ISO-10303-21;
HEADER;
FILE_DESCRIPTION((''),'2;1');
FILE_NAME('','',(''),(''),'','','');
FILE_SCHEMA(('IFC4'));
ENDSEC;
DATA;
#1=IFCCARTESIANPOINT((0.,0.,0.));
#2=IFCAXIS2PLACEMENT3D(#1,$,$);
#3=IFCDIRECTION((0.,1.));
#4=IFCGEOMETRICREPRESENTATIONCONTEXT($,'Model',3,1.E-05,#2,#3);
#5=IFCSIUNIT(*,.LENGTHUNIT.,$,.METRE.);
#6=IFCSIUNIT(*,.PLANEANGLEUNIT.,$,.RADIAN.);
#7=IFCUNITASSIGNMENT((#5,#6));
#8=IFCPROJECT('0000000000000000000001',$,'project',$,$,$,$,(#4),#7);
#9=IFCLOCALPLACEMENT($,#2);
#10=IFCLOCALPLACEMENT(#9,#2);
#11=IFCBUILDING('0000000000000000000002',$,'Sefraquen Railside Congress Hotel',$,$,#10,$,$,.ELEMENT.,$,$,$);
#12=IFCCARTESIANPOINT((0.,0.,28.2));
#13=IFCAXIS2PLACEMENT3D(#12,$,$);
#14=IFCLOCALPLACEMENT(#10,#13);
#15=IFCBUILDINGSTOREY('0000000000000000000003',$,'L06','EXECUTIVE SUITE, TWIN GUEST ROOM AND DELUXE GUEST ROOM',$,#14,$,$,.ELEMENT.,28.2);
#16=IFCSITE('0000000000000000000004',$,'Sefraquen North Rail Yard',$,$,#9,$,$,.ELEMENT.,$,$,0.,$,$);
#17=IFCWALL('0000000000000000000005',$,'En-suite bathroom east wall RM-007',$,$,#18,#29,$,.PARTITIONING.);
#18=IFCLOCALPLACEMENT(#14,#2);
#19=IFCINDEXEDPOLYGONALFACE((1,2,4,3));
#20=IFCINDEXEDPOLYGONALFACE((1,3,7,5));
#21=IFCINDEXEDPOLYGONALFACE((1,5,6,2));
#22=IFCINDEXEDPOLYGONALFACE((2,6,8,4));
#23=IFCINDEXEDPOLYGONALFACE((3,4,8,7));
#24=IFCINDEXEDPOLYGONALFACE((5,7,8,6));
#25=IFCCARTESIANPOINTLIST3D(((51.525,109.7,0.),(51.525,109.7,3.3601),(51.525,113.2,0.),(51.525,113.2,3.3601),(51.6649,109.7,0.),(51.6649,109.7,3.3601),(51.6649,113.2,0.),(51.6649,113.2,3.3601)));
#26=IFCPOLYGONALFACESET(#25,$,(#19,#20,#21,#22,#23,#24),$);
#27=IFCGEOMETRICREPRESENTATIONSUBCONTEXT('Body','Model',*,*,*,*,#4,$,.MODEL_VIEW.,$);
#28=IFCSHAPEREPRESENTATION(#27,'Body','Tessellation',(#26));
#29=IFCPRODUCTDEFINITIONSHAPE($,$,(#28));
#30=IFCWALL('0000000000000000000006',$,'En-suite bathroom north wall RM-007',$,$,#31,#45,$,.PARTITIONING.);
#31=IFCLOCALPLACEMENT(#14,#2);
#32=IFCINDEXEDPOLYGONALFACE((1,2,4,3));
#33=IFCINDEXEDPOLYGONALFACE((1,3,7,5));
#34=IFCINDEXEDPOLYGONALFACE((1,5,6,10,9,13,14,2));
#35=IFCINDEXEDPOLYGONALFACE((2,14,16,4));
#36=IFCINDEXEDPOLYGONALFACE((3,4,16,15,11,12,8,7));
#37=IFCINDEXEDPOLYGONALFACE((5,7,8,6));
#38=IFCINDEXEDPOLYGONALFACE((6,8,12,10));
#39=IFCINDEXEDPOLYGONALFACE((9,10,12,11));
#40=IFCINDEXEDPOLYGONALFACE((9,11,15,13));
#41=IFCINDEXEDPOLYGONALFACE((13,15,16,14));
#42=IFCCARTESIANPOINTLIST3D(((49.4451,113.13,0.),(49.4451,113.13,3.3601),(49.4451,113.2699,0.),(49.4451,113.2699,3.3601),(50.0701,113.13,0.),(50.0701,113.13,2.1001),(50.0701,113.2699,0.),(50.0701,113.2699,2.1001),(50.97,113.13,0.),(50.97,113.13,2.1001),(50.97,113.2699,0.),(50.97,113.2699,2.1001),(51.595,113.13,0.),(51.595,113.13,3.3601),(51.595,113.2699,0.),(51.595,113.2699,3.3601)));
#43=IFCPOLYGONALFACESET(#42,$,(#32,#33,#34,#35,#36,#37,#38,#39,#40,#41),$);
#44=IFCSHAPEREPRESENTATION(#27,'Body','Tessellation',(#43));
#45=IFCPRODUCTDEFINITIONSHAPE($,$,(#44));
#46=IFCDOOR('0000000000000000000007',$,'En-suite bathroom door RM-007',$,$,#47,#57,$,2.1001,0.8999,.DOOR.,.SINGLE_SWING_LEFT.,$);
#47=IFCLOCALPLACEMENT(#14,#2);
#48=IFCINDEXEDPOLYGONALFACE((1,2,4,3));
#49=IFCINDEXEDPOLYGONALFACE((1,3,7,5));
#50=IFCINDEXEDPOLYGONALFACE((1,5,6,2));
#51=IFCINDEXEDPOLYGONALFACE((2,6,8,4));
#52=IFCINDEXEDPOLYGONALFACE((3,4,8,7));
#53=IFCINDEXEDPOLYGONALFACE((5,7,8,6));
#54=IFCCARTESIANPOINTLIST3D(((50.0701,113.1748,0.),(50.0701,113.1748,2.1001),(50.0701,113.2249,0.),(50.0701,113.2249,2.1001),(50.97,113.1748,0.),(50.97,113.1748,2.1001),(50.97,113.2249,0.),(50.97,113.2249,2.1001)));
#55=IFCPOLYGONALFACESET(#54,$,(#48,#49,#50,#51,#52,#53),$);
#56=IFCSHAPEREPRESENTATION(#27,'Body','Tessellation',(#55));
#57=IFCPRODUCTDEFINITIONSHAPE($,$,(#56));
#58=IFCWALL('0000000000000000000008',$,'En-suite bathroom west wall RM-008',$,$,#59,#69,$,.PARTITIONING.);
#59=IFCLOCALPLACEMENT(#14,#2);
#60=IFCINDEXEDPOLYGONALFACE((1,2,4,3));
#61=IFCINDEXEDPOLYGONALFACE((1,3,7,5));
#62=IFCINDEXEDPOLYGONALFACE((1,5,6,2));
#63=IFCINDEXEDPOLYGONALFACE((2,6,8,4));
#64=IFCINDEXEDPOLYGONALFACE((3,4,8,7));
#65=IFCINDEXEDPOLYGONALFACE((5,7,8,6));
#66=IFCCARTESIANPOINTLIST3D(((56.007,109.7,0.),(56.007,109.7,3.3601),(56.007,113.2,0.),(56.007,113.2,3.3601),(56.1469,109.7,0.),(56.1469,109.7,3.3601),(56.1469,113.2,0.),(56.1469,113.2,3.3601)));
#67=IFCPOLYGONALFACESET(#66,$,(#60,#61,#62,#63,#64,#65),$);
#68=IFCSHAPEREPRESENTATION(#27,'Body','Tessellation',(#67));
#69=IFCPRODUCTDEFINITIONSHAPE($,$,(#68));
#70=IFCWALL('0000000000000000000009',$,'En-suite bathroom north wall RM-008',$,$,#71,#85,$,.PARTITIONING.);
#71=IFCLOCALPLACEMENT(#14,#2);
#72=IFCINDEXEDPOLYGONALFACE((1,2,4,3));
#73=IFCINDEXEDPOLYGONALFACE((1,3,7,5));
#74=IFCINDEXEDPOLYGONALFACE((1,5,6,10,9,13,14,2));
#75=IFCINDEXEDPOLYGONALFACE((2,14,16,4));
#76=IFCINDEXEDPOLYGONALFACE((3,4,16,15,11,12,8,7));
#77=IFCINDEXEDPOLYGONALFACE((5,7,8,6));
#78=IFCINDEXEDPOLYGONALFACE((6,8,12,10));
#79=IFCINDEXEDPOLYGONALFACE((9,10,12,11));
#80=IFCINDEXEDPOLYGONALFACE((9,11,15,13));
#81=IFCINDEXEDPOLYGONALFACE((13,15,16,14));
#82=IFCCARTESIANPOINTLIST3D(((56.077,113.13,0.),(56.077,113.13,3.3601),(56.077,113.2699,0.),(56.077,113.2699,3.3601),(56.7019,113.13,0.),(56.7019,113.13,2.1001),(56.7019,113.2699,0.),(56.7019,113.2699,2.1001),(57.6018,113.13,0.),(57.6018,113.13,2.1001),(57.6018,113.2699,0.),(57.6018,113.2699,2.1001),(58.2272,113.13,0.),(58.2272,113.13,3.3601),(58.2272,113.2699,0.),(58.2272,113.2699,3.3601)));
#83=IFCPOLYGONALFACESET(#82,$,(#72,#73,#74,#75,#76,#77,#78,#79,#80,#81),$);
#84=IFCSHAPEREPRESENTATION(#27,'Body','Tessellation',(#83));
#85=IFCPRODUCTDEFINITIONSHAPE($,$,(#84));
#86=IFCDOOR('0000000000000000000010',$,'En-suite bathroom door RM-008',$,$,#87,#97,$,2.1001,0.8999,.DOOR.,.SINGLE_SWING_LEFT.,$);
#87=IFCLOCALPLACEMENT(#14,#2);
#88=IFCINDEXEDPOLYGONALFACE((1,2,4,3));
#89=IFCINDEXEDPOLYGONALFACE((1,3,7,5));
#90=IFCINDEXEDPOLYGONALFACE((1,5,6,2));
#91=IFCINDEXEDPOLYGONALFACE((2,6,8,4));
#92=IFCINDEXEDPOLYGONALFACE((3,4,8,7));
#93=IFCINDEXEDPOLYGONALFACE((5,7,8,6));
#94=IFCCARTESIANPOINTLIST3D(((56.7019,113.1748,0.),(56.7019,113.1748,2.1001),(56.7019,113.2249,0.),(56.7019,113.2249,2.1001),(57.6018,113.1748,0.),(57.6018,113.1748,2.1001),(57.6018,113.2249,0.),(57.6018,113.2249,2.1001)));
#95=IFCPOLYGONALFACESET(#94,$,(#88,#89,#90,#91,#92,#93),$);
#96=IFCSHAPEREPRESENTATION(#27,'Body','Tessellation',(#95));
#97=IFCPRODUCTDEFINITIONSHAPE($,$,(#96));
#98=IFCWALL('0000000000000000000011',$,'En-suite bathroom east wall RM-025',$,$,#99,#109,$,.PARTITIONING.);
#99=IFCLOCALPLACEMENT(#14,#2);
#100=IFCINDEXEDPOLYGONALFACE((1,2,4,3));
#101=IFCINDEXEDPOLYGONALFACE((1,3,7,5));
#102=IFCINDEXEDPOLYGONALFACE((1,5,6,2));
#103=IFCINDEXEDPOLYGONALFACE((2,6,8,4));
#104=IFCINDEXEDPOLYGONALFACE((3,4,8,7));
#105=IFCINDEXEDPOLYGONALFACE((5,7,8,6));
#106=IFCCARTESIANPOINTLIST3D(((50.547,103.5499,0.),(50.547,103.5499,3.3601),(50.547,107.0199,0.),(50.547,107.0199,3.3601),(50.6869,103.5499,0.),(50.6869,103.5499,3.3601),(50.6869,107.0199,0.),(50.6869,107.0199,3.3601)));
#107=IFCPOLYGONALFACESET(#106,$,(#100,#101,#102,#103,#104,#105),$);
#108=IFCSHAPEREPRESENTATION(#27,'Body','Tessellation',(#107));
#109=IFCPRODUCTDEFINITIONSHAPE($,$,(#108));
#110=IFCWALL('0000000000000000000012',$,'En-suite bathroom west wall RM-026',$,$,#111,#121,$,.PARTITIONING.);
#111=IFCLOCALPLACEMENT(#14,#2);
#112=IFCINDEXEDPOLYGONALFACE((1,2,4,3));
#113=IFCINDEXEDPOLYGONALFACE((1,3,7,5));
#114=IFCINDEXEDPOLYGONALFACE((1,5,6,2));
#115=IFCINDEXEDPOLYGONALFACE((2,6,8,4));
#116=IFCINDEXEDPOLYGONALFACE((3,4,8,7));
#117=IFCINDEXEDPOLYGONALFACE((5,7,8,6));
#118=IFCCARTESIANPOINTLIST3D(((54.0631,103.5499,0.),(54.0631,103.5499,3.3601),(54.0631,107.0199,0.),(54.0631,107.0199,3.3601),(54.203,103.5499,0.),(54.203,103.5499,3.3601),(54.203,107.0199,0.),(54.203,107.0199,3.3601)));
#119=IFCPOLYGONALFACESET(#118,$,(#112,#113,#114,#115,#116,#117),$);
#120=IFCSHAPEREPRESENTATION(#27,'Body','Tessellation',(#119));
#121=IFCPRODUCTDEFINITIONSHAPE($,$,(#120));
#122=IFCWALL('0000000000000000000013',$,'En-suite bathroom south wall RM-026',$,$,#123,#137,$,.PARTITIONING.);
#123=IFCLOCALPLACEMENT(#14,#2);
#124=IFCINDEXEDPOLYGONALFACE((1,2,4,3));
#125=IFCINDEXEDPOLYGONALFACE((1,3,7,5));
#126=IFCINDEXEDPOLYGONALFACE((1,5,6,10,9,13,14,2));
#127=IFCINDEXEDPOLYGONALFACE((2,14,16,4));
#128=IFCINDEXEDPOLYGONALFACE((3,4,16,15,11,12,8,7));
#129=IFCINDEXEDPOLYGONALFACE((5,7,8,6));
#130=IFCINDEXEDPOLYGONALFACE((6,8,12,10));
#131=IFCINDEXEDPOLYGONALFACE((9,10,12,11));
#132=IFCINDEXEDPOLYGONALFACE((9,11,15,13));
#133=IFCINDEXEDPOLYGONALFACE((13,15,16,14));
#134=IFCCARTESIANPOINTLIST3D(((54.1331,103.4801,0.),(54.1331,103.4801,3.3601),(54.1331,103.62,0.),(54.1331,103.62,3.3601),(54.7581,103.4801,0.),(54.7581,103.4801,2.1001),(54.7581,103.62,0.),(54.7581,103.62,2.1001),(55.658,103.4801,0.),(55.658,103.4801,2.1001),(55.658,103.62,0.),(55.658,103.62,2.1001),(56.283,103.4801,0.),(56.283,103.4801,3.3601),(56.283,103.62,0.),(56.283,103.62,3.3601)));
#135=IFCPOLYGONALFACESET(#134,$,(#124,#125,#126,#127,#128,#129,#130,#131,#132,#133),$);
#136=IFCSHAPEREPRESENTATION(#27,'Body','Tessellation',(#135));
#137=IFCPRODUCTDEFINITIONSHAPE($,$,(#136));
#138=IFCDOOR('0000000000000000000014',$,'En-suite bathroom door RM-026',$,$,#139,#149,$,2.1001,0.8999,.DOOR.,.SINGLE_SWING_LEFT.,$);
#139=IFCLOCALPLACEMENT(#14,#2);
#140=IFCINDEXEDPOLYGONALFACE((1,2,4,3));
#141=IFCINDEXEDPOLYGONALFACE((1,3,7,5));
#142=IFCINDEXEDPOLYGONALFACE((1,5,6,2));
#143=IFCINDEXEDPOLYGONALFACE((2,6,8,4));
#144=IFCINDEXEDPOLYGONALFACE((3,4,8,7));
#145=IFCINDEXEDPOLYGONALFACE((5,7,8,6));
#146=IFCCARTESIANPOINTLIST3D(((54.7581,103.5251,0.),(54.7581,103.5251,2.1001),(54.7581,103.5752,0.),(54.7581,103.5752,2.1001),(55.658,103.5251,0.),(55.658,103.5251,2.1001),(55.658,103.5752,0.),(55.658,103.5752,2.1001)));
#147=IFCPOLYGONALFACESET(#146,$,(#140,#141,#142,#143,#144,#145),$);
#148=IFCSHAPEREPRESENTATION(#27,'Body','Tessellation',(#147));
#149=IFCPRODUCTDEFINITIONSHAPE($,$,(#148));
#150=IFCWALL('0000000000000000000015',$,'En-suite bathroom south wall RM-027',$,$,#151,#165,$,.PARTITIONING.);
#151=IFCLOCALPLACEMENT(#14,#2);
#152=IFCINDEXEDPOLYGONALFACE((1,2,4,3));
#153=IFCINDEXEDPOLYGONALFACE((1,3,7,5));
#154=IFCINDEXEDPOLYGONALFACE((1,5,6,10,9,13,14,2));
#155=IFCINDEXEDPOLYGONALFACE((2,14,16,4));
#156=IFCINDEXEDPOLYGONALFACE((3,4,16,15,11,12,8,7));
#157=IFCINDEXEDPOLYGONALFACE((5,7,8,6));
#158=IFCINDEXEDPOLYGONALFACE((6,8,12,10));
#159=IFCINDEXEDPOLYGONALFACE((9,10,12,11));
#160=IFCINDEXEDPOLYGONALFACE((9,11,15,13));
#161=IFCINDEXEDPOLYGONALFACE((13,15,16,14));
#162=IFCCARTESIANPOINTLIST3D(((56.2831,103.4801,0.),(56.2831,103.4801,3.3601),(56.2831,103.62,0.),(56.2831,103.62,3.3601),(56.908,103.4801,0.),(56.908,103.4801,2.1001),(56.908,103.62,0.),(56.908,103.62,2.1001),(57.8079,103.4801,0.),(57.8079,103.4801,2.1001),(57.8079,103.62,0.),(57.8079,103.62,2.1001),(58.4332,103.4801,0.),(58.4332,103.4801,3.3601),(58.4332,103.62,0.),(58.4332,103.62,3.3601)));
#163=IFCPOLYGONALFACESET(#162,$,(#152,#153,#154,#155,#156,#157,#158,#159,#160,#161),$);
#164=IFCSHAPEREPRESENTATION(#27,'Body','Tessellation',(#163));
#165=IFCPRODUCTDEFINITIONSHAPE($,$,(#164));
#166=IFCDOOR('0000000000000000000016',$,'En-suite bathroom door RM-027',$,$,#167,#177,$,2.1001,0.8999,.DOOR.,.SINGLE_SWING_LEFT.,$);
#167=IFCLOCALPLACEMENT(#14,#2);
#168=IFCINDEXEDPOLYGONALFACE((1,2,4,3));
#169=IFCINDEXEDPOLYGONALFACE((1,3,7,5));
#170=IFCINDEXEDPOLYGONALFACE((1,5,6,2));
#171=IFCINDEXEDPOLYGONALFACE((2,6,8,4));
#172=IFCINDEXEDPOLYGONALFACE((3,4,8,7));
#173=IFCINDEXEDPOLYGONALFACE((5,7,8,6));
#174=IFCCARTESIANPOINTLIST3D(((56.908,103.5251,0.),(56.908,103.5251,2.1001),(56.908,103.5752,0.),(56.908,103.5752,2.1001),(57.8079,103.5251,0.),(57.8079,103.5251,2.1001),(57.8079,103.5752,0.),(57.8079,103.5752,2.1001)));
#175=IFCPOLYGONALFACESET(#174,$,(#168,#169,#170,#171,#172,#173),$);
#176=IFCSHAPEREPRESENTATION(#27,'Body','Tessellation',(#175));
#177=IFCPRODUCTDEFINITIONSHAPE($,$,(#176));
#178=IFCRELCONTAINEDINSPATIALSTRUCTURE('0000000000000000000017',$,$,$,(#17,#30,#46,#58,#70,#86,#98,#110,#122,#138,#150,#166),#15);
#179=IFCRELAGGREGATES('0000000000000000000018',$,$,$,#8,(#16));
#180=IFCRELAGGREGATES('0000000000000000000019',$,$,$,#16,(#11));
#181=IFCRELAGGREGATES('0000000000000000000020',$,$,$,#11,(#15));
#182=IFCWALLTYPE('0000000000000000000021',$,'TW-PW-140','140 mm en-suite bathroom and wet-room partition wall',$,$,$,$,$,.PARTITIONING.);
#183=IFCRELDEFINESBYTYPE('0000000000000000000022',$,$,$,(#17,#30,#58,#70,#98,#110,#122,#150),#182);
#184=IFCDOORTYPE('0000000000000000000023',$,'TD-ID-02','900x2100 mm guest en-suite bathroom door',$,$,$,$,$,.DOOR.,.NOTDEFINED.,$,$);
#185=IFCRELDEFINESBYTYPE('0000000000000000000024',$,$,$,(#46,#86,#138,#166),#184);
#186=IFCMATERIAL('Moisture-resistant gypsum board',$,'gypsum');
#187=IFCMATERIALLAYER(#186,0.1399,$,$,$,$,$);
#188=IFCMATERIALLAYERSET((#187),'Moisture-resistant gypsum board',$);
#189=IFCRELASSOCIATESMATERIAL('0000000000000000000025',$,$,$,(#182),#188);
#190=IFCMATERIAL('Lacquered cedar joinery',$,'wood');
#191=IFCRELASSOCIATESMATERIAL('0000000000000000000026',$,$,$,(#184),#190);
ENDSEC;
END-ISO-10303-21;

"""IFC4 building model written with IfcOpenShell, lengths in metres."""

from ifc_helpers import new_model, si_unit, direction, frame, frame_2d, origin, place, context, subcontext, project, spatial, rectangle, extrude, material, layer, layer_set, type_object, element, fill, save


model = new_model("IFC4")

# Units and contexts
model_context = context("Model", 3, precision=1e-05, world=origin(), true_north=direction((0.0, 1.0)))
body_context = subcontext(model_context, "Body", "Model", "MODEL_VIEW")
ifc_project = project(units=[si_unit("LENGTHUNIT", "METRE"), si_unit("PLANEANGLEUNIT", "RADIAN")], contexts=[model_context])

# Site, building, storey
site_placement = place(None, origin())
site = spatial("IfcSite", under=ifc_project, at=site_placement, Name="Sefraquen North Rail Yard", CompositionType="ELEMENT", RefElevation=0.0)
building_placement = place(site_placement, origin())
building = spatial("IfcBuilding", under=site, at=building_placement, Name="Sefraquen Railside Congress Hotel", CompositionType="ELEMENT")
storey_placement = place(building_placement, frame((0.0, 0.0, 28.2)))
storey = spatial("IfcBuildingStorey", under=building, at=storey_placement, Name="L06", Description="EXECUTIVE SUITE, TWIN GUEST ROOM AND DELUXE GUEST ROOM", CompositionType="ELEMENT", Elevation=28.2)

# Wall
ifc_material_1 = material(Name="Moisture-resistant gypsum board", Category="gypsum")
ifc_layer_1 = layer(ifc_material_1, 0.1399)
ifc_layer_set_1 = layer_set([ifc_layer_1], Name="Moisture-resistant gypsum board")
wall_type_1 = type_object("IfcWallType", Name="TW-PW-140", Description="140 mm en-suite bathroom and wet-room partition wall", PredefinedType="PARTITIONING", material=ifc_layer_set_1)
wall_1_placement = place(storey_placement, frame((51.595, 109.7, 0.0), z_axis=(0.0, 0.0, 1.0), x_axis=(0.0, 1.0, 0.0)))
element("IfcWall", 1, at=wall_1_placement, inside=storey, type_object=wall_type_1, Name="En-suite bathroom east wall RM-007", PredefinedType="PARTITIONING", context=body_context, shape_type="SweptSolid", body=[
    extrude(rectangle(XDim=3.5, YDim=0.1399, at=frame_2d((1.75, 0.0))), origin(), (0.0, 0.0, 1.0), 3.3601),
])

# Wall, opening, door
wall_2_placement = place(storey_placement, frame((49.4451, 113.2, 0.0), z_axis=(0.0, 0.0, 1.0), x_axis=(1.0, 0.0, 0.0)))
wall_2 = element("IfcWall", 2, at=wall_2_placement, inside=storey, type_object=wall_type_1, Name="En-suite bathroom north wall RM-007", PredefinedType="PARTITIONING", context=body_context, shape_type="SweptSolid", body=[
    extrude(rectangle(XDim=2.1499, YDim=0.1399, at=frame_2d((1.075, 0.0))), origin(), (0.0, 0.0, 1.0), 3.3601),
])
opening_1_placement = place(wall_2_placement, frame((0.625, 0.0, 0.0)))
opening_1 = element("IfcOpeningElement", 3, at=opening_1_placement, cuts=wall_2, PredefinedType="OPENING", context=body_context, shape_type="SweptSolid", body=[
    extrude(rectangle(XDim=0.8999, YDim=2.1001, at=frame_2d((0.45, 1.05))), frame((0.0, 0.0798, 0.0), z_axis=(0.0, -1.0, 0.0), x_axis=(1.0, 0.0, 0.0)), (0.0, 0.0, 1.0), 0.1599),
])
ifc_material_2 = material(Name="Lacquered cedar joinery", Category="wood")
door_type = type_object("IfcDoorType", Name="TD-ID-02", Description="900x2100 mm guest en-suite bathroom door", OperationType="NOTDEFINED", PredefinedType="DOOR", material=ifc_material_2)
door_1_placement = place(opening_1_placement, origin())
door_1 = element("IfcDoor", 4, at=door_1_placement, inside=storey, type_object=door_type, Name="En-suite bathroom door RM-007", OperationType="SINGLE_SWING_LEFT", OverallHeight=2.1001, OverallWidth=0.8999, PredefinedType="DOOR", context=body_context, shape_type="SweptSolid", body=[
    extrude(rectangle(XDim=0.8999, YDim=2.1001, at=frame_2d((0.45, 1.05))), frame((0.0, 0.0249, 0.0), z_axis=(0.0, -1.0, 0.0), x_axis=(1.0, 0.0, 0.0)), (0.0, 0.0, 1.0), 0.05),
])
fill(opening_1, door_1)

# Wall
wall_3_placement = place(storey_placement, frame((56.0769, 109.7, 0.0), z_axis=(0.0, 0.0, 1.0), x_axis=(0.0, 1.0, 0.0)))
element("IfcWall", 5, at=wall_3_placement, inside=storey, type_object=wall_type_1, Name="En-suite bathroom west wall RM-008", PredefinedType="PARTITIONING", context=body_context, shape_type="SweptSolid", body=[
    extrude(rectangle(XDim=3.5, YDim=0.1399, at=frame_2d((1.75, 0.0))), origin(), (0.0, 0.0, 1.0), 3.3601),
])

# Wall, opening, door
wall_4_placement = place(storey_placement, frame((56.0769, 113.2, 0.0), z_axis=(0.0, 0.0, 1.0), x_axis=(1.0, 0.0, 0.0)))
wall_4 = element("IfcWall", 6, at=wall_4_placement, inside=storey, type_object=wall_type_1, Name="En-suite bathroom north wall RM-008", PredefinedType="PARTITIONING", context=body_context, shape_type="SweptSolid", body=[
    extrude(rectangle(XDim=2.1501, YDim=0.1399, at=frame_2d((1.0752, 0.0))), origin(), (0.0, 0.0, 1.0), 3.3601),
])
opening_2_placement = place(wall_4_placement, frame((0.625, 0.0, 0.0)))
opening_2 = element("IfcOpeningElement", 7, at=opening_2_placement, cuts=wall_4, PredefinedType="OPENING", context=body_context, shape_type="SweptSolid", body=[
    extrude(rectangle(XDim=0.8999, YDim=2.1001, at=frame_2d((0.45, 1.05))), frame((0.0, 0.0798, 0.0), z_axis=(0.0, -1.0, 0.0), x_axis=(1.0, 0.0, 0.0)), (0.0, 0.0, 1.0), 0.1599),
])
door_2_placement = place(opening_2_placement, origin())
door_2 = element("IfcDoor", 8, at=door_2_placement, inside=storey, type_object=door_type, Name="En-suite bathroom door RM-008", OperationType="SINGLE_SWING_LEFT", OverallHeight=2.1001, OverallWidth=0.8999, PredefinedType="DOOR", context=body_context, shape_type="SweptSolid", body=[
    extrude(rectangle(XDim=0.8999, YDim=2.1001, at=frame_2d((0.45, 1.05))), frame((0.0, 0.0249, 0.0), z_axis=(0.0, -1.0, 0.0), x_axis=(1.0, 0.0, 0.0)), (0.0, 0.0, 1.0), 0.05),
])
fill(opening_2, door_2)

# Walls
for number, where, z_axis, x_axis, name in (
    (9, (50.6169, 103.55, 0.0), (0.0, 0.0, 1.0), (0.0, 1.0, 0.0), "En-suite bathroom east wall RM-025"),
    (10, (54.1331, 103.55, 0.0), (0.0, 0.0, 1.0), (0.0, 1.0, 0.0), "En-suite bathroom west wall RM-026"),
):
    element("IfcWall", number, at=place(storey_placement, frame(where, z_axis=z_axis, x_axis=x_axis)), inside=storey, type_object=wall_type_1, Name=name, PredefinedType="PARTITIONING", context=body_context, shape_type="SweptSolid", body=[
        extrude(rectangle(XDim=3.47, YDim=0.1399, at=frame_2d((1.7349, 0.0))), origin(), (0.0, 0.0, 1.0), 3.3601),
    ])

# Walls, openings, doors
wall_5_placement = place(storey_placement, frame((54.1331, 103.55, 0.0), z_axis=(0.0, 0.0, 1.0), x_axis=(1.0, 0.0, 0.0)))
wall_5 = element("IfcWall", 11, at=wall_5_placement, inside=storey, type_object=wall_type_1, Name="En-suite bathroom south wall RM-026", PredefinedType="PARTITIONING", context=body_context, shape_type="SweptSolid", body=[
    extrude(rectangle(XDim=2.1499, YDim=0.1399, at=frame_2d((1.075, 0.0))), origin(), (0.0, 0.0, 1.0), 3.3601),
])
opening_3_placement = place(wall_5_placement, frame((0.625, 0.0, 0.0)))
opening_3 = element("IfcOpeningElement", 12, at=opening_3_placement, cuts=wall_5, PredefinedType="OPENING", context=body_context, shape_type="SweptSolid", body=[
    extrude(rectangle(XDim=0.8999, YDim=2.1001, at=frame_2d((0.45, 1.05))), frame((0.0, 0.0798, 0.0), z_axis=(0.0, -1.0, 0.0), x_axis=(1.0, 0.0, 0.0)), (0.0, 0.0, 1.0), 0.1599),
])
door_3_placement = place(opening_3_placement, frame((0.8999, 0.0, 0.0), z_axis=(0.0, 0.0, 1.0), x_axis=(-1.0, 0.0, 0.0)))
door_3 = element("IfcDoor", 13, at=door_3_placement, inside=storey, type_object=door_type, Name="En-suite bathroom door RM-026", OperationType="SINGLE_SWING_LEFT", OverallHeight=2.1001, OverallWidth=0.8999, PredefinedType="DOOR", context=body_context, shape_type="SweptSolid", body=[
    extrude(rectangle(XDim=0.8999, YDim=2.1001, at=frame_2d((0.45, 1.05))), frame((0.0, 0.0249, 0.0), z_axis=(0.0, -1.0, 0.0), x_axis=(1.0, 0.0, 0.0)), (0.0, 0.0, 1.0), 0.05),
])
fill(opening_3, door_3)
wall_6_placement = place(storey_placement, frame((56.283, 103.55, 0.0), z_axis=(0.0, 0.0, 1.0), x_axis=(1.0, 0.0, 0.0)))
wall_6 = element("IfcWall", 14, at=wall_6_placement, inside=storey, type_object=wall_type_1, Name="En-suite bathroom south wall RM-027", PredefinedType="PARTITIONING", context=body_context, shape_type="SweptSolid", body=[
    extrude(rectangle(XDim=2.1501, YDim=0.1399, at=frame_2d((1.0752, 0.0))), origin(), (0.0, 0.0, 1.0), 3.3601),
])
opening_4_placement = place(wall_6_placement, frame((0.625, 0.0, 0.0)))
opening_4 = element("IfcOpeningElement", 15, at=opening_4_placement, cuts=wall_6, PredefinedType="OPENING", context=body_context, shape_type="SweptSolid", body=[
    extrude(rectangle(XDim=0.8999, YDim=2.1001, at=frame_2d((0.45, 1.05))), frame((0.0, 0.0798, 0.0), z_axis=(0.0, -1.0, 0.0), x_axis=(1.0, 0.0, 0.0)), (0.0, 0.0, 1.0), 0.1599),
])
door_4_placement = place(opening_4_placement, frame((0.8999, 0.0, 0.0), z_axis=(0.0, 0.0, 1.0), x_axis=(-1.0, 0.0, 0.0)))
door_4 = element("IfcDoor", 16, at=door_4_placement, inside=storey, type_object=door_type, Name="En-suite bathroom door RM-027", OperationType="SINGLE_SWING_LEFT", OverallHeight=2.1001, OverallWidth=0.8999, PredefinedType="DOOR", context=body_context, shape_type="SweptSolid", body=[
    extrude(rectangle(XDim=0.8999, YDim=2.1001, at=frame_2d((0.45, 1.05))), frame((0.0, 0.0249, 0.0), z_axis=(0.0, -1.0, 0.0), x_axis=(1.0, 0.0, 0.0)), (0.0, 0.0, 1.0), 0.05),
])
fill(opening_4, door_4)

save(model, "model.ifc")
